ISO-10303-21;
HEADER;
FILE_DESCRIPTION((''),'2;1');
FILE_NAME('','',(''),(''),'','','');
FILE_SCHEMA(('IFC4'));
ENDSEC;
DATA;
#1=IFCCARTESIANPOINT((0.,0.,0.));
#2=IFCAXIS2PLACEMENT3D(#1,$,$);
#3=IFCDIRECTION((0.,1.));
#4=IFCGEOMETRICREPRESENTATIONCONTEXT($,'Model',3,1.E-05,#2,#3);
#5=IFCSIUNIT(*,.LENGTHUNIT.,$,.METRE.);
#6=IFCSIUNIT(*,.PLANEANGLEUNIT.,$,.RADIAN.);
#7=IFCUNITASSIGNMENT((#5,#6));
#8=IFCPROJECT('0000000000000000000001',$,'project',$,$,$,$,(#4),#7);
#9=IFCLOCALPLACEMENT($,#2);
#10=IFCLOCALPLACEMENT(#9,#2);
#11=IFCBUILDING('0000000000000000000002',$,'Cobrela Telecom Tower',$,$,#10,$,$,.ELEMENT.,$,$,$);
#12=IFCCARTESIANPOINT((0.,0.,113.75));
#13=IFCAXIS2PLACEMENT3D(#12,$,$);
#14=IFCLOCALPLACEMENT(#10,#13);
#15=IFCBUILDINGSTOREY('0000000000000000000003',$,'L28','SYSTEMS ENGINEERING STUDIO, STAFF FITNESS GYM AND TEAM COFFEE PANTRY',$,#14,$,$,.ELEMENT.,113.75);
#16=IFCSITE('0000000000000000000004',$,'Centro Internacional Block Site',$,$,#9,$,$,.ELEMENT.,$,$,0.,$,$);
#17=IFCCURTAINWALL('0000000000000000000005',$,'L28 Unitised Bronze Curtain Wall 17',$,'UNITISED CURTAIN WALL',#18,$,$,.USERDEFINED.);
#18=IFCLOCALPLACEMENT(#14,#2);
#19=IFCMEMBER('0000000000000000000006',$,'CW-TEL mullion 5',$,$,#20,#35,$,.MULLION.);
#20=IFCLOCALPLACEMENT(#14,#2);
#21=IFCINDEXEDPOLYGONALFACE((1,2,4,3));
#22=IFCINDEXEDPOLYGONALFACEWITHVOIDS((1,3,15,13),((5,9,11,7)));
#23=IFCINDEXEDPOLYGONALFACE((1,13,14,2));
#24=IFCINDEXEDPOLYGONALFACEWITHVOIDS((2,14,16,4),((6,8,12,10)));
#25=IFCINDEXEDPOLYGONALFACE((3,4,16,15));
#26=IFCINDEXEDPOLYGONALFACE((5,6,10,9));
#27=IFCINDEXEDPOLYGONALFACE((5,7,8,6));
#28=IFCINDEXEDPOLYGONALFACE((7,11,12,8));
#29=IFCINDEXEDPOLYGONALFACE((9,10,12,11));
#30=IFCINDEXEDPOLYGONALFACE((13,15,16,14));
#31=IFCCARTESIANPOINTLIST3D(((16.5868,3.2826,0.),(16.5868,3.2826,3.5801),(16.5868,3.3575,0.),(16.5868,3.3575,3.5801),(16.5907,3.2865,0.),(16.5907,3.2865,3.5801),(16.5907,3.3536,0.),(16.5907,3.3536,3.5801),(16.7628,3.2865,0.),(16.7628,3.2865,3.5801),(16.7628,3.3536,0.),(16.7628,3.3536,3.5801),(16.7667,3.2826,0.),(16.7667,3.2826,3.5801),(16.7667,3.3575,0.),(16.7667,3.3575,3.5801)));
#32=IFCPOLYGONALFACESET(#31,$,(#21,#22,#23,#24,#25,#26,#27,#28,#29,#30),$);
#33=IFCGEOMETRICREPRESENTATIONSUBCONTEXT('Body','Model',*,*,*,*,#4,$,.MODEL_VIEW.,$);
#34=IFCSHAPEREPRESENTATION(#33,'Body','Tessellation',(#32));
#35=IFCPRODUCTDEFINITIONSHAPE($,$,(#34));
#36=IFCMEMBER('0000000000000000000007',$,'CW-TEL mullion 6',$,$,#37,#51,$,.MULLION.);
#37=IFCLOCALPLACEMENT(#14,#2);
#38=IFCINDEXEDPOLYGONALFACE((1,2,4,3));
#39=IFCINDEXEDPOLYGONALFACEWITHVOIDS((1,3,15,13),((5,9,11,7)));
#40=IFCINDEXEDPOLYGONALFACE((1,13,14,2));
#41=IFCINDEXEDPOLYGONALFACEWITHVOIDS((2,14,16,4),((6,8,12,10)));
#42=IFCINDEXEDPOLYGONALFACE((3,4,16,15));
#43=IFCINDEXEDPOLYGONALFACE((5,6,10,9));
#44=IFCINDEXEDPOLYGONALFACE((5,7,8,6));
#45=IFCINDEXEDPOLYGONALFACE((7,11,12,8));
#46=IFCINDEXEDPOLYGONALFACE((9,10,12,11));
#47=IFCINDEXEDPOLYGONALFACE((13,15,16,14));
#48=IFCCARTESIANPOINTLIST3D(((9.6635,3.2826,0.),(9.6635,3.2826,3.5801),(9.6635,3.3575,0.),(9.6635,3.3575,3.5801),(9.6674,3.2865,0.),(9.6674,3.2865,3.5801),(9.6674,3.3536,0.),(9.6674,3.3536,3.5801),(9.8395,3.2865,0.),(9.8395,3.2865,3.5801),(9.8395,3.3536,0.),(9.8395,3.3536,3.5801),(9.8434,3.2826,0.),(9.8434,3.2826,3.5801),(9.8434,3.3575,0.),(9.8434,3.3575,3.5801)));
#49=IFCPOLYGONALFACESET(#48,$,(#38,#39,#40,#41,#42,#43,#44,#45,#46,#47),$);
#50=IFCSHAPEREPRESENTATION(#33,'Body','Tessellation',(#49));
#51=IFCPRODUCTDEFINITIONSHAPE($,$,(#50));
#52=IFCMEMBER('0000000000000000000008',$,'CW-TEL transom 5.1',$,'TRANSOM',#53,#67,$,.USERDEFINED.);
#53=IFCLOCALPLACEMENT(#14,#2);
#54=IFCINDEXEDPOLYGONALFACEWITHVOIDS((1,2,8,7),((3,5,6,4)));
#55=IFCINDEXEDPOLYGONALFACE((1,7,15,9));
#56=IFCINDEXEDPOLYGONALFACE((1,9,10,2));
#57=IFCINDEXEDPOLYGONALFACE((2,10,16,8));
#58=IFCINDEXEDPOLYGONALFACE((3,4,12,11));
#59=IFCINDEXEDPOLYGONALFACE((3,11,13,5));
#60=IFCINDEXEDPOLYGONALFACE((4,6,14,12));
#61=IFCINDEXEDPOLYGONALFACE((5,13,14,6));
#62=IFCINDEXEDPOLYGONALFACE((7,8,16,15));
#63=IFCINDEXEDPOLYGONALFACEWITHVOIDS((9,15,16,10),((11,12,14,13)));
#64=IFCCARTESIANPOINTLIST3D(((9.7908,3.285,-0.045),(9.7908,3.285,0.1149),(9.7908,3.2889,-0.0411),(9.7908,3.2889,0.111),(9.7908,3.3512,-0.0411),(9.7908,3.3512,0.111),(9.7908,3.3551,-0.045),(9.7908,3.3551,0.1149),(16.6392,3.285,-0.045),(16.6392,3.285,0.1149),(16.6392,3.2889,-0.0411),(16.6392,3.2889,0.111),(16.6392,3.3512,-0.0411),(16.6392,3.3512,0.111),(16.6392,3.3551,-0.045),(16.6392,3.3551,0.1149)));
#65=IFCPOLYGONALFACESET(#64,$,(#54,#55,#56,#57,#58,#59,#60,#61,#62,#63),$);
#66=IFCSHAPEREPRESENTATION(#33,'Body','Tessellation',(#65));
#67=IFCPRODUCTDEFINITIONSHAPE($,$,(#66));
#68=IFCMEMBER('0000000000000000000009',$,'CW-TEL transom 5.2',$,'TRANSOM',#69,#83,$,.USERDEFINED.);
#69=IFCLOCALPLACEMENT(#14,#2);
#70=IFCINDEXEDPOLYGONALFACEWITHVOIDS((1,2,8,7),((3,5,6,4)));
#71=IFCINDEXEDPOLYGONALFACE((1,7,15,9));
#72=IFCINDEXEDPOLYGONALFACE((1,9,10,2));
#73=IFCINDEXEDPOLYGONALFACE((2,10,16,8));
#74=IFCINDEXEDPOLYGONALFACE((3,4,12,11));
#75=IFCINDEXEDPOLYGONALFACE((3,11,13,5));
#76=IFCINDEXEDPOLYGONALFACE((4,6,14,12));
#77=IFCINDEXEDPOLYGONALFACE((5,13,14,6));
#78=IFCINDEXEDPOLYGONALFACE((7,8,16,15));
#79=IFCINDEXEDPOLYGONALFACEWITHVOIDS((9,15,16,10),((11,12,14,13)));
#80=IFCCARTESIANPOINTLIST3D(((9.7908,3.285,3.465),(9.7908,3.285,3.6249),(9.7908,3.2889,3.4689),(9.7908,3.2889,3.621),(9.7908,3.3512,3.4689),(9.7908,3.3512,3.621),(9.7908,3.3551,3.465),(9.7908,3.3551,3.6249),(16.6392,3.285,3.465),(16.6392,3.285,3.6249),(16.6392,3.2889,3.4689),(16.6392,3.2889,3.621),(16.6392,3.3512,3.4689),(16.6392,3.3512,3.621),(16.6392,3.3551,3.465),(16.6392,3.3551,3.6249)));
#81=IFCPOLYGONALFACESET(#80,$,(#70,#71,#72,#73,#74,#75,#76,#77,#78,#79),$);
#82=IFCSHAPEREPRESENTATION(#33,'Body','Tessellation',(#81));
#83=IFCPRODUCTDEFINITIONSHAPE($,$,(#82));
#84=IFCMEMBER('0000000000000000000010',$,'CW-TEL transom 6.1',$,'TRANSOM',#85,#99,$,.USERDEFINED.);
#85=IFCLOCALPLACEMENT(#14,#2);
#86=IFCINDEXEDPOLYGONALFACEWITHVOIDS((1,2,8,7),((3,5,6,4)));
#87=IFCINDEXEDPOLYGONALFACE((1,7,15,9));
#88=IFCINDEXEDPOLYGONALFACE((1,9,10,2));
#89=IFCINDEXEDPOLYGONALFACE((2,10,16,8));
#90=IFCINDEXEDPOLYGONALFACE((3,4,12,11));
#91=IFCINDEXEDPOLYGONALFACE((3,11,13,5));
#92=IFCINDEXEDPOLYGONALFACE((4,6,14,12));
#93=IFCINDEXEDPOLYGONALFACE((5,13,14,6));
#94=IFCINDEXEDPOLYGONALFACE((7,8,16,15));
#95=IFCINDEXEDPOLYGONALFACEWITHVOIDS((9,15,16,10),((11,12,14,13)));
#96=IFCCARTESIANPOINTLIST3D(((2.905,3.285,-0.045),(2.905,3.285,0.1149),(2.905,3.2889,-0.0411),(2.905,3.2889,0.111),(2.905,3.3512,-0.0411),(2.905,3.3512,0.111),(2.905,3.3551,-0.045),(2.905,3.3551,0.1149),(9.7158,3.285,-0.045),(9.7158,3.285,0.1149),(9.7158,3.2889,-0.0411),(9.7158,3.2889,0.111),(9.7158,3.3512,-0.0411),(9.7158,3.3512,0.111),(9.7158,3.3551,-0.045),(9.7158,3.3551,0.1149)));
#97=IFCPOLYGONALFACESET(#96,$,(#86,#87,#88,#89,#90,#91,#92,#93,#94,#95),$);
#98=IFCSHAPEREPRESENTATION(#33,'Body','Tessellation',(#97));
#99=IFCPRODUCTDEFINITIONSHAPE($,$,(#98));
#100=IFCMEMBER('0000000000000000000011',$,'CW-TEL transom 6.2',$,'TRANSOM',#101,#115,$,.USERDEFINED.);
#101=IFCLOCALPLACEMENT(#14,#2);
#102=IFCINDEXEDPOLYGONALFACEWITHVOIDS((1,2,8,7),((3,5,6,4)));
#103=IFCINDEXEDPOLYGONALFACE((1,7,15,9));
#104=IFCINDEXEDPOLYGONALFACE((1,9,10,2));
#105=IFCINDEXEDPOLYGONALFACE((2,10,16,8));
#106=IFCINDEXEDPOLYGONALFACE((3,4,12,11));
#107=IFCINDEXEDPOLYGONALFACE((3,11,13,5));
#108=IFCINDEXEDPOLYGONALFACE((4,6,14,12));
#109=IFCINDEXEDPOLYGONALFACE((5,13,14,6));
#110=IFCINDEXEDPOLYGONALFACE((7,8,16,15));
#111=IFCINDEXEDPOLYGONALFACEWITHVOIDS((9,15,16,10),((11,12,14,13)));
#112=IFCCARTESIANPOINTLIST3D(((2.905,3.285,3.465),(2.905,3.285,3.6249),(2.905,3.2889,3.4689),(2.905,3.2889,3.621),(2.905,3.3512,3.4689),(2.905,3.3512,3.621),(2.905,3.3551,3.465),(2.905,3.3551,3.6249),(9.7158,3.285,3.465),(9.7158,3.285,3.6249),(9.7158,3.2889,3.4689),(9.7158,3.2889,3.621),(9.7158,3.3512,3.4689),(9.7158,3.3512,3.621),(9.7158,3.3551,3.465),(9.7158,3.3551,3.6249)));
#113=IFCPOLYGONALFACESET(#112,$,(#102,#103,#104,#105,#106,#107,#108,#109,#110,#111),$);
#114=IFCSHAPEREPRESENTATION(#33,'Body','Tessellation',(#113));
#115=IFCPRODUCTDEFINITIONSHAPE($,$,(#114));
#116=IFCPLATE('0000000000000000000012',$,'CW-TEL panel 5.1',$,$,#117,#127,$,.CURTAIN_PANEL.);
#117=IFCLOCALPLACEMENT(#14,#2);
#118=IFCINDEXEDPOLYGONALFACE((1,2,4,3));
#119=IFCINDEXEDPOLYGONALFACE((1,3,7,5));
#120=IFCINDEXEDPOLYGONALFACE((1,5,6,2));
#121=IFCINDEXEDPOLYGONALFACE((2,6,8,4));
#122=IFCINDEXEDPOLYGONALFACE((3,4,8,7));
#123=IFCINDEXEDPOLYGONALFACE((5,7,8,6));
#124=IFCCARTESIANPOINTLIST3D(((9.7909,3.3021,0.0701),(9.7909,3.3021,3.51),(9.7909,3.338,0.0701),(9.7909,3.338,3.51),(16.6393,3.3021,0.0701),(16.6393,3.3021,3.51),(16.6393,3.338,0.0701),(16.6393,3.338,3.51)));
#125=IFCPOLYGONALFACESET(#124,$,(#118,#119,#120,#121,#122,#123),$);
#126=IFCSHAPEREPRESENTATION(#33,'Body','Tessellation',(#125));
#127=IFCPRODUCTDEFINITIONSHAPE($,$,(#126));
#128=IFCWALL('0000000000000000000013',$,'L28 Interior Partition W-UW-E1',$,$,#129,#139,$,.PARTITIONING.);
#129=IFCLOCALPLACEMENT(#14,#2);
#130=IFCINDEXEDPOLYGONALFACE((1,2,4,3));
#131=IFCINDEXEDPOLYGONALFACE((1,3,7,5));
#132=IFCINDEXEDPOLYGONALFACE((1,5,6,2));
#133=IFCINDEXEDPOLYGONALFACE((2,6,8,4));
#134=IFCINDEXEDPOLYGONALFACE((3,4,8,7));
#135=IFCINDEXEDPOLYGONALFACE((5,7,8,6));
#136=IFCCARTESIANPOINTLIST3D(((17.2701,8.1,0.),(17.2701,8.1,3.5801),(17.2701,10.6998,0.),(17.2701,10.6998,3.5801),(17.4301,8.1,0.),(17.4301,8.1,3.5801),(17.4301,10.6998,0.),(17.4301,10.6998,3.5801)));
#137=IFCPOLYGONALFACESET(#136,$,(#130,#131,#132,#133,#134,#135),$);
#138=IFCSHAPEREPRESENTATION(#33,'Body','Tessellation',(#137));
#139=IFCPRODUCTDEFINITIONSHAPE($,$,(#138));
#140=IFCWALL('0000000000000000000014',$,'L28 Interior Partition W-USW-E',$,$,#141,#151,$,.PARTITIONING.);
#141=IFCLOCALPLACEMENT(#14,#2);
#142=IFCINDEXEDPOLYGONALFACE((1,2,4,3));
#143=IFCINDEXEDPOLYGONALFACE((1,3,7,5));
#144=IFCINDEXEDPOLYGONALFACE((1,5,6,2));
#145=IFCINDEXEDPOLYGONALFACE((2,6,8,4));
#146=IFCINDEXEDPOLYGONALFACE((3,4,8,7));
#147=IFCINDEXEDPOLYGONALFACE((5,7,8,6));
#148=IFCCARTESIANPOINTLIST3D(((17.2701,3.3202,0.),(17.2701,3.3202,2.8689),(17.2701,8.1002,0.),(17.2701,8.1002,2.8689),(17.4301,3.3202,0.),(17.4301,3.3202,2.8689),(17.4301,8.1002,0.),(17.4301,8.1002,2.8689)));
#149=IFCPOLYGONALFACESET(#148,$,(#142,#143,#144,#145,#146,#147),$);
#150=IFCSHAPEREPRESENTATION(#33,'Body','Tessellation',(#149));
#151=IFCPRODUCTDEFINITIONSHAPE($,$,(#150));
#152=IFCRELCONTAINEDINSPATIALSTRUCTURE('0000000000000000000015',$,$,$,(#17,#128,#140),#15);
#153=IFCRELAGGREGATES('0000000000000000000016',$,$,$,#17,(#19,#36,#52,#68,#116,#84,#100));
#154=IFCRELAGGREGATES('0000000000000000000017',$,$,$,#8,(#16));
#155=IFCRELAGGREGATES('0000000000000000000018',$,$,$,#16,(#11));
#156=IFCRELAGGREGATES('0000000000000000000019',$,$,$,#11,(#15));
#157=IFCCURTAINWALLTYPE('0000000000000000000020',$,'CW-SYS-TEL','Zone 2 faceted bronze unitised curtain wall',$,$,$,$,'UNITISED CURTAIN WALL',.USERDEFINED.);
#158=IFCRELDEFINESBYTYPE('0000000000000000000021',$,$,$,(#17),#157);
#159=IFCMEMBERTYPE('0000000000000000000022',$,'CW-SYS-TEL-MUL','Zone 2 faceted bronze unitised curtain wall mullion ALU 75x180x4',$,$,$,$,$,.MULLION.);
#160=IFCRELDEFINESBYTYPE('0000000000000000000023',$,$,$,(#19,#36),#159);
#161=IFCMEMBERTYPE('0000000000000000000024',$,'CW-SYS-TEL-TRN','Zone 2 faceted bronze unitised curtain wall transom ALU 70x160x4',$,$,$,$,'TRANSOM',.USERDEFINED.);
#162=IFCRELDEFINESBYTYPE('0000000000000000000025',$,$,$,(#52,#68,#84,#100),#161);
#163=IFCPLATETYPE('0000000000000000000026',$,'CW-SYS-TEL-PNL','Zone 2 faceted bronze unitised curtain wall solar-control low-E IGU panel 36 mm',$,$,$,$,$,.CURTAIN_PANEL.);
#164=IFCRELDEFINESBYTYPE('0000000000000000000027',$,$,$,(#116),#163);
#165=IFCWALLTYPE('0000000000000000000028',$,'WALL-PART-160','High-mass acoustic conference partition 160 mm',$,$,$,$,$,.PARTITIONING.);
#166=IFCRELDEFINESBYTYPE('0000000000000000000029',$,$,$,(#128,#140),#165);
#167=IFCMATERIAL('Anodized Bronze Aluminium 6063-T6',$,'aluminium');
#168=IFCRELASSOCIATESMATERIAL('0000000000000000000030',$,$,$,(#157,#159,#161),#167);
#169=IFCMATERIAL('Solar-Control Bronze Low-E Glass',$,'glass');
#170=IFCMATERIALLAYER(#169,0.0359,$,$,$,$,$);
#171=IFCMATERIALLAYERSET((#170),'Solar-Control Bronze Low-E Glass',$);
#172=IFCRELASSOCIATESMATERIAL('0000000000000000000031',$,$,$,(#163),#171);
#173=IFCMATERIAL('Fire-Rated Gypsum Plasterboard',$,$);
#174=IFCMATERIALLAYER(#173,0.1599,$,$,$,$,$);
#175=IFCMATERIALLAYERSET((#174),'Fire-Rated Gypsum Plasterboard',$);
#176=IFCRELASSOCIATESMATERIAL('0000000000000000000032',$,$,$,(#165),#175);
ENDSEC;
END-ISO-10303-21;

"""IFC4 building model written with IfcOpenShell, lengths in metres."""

from ifc_helpers import new_model, si_unit, direction, frame, frame_2d, origin, origin_2d, place, context, subcontext, project, spatial, rectangle, hollow_rectangle, extrude, material, layer, layer_set, material_profile, profile_set, type_object, element, aggregate, save


model = new_model("IFC4")

# Units and contexts
model_context = context("Model", 3, precision=1e-05, world=origin(), true_north=direction((0.0, 1.0)))
body_context = subcontext(model_context, "Body", "Model", "MODEL_VIEW")
ifc_project = project(units=[si_unit("LENGTHUNIT", "METRE"), si_unit("PLANEANGLEUNIT", "RADIAN")], contexts=[model_context])

# Site, building, storey
site_placement = place(None, origin())
site = spatial("IfcSite", under=ifc_project, at=site_placement, Name="Centro Internacional Block Site", CompositionType="ELEMENT", RefElevation=0.0)
building_placement = place(site_placement, origin())
building = spatial("IfcBuilding", under=site, at=building_placement, Name="Cobrela Telecom Tower", CompositionType="ELEMENT")
storey_placement = place(building_placement, frame((0.0, 0.0, 113.75)))
storey = spatial("IfcBuildingStorey", under=building, at=storey_placement, Name="L28", Description="SYSTEMS ENGINEERING STUDIO, STAFF FITNESS GYM AND TEAM COFFEE PANTRY", CompositionType="ELEMENT", Elevation=113.75)

# Curtain wall, members, plate
ifc_material_1 = material(Name="Anodized Bronze Aluminium 6063-T6", Category="aluminium")
curtain_wall_type = type_object("IfcCurtainWallType", Name="CW-SYS-TEL", Description="Zone 2 faceted bronze unitised curtain wall", ElementType="UNITISED CURTAIN WALL", PredefinedType="USERDEFINED", material=ifc_material_1)
curtain_wall_placement = place(storey_placement, origin())
curtain_wall = element("IfcCurtainWall", 1, at=curtain_wall_placement, inside=storey, type_object=curtain_wall_type, Name="L28 Unitised Bronze Curtain Wall 17", ObjectType="UNITISED CURTAIN WALL", PredefinedType="USERDEFINED")
ifc_material_profile_1 = material_profile(ifc_material_1, hollow_rectangle(XDim=0.075, YDim=0.1799, WallThickness=0.0039, at=origin_2d()), Name="ALU 75x180x4")
ifc_profile_set_1 = profile_set([ifc_material_profile_1], Name="Anodized Bronze Aluminium 6063-T6")
member_type_1 = type_object("IfcMemberType", Name="CW-SYS-TEL-MUL", Description="Zone 2 faceted bronze unitised curtain wall mullion ALU 75x180x4", PredefinedType="MULLION", material=ifc_profile_set_1)
member_1_placement = place(storey_placement, frame((16.6768, 3.3201, 0.0), z_axis=(0.0, 0.0, 1.0), x_axis=(0.0, -1.0, 0.0)))
member_1 = element("IfcMember", 2, at=member_1_placement, type_object=member_type_1, Name="CW-TEL mullion 5", PredefinedType="MULLION", context=body_context, shape_type="SweptSolid", body=[
    extrude(hollow_rectangle(XDim=0.075, YDim=0.1799, WallThickness=0.0039, at=origin_2d()), origin(), (0.0, 0.0, 1.0), 3.5801),
])
member_2_placement = place(storey_placement, frame((9.7534, 3.3201, 0.0), z_axis=(0.0, 0.0, 1.0), x_axis=(0.0, -1.0, 0.0)))
member_2 = element("IfcMember", 3, at=member_2_placement, type_object=member_type_1, Name="CW-TEL mullion 6", PredefinedType="MULLION", context=body_context, shape_type="SweptSolid", body=[
    extrude(hollow_rectangle(XDim=0.075, YDim=0.1799, WallThickness=0.0039, at=origin_2d()), origin(), (0.0, 0.0, 1.0), 3.5801),
])
ifc_material_profile_2 = material_profile(ifc_material_1, hollow_rectangle(XDim=0.0701, YDim=0.1599, WallThickness=0.0039, at=origin_2d()), Name="ALU 70x160x4")
ifc_profile_set_2 = profile_set([ifc_material_profile_2], Name="Anodized Bronze Aluminium 6063-T6")
member_type_2 = type_object("IfcMemberType", Name="CW-SYS-TEL-TRN", Description="Zone 2 faceted bronze unitised curtain wall transom ALU 70x160x4", ElementType="TRANSOM", PredefinedType="USERDEFINED", material=ifc_profile_set_2)
member_3_placement = place(storey_placement, frame((16.6392, 3.3201, 0.0349), z_axis=(-1.0, 0.0, 0.0), x_axis=(0.0, -1.0, 0.0)))
member_3 = element("IfcMember", 4, at=member_3_placement, type_object=member_type_2, Name="CW-TEL transom 5.1", ObjectType="TRANSOM", PredefinedType="USERDEFINED", context=body_context, shape_type="SweptSolid", body=[
    extrude(hollow_rectangle(XDim=0.0701, YDim=0.1599, WallThickness=0.0039, at=origin_2d()), origin(), (0.0, 0.0, 1.0), 6.8484),
])
member_4_placement = place(storey_placement, frame((16.6392, 3.3201, 3.5449), z_axis=(-1.0, 0.0, 0.0), x_axis=(0.0, -1.0, 0.0)))
member_4 = element("IfcMember", 5, at=member_4_placement, type_object=member_type_2, Name="CW-TEL transom 5.2", ObjectType="TRANSOM", PredefinedType="USERDEFINED", context=body_context, shape_type="SweptSolid", body=[
    extrude(hollow_rectangle(XDim=0.0701, YDim=0.1599, WallThickness=0.0039, at=origin_2d()), origin(), (0.0, 0.0, 1.0), 6.8484),
])
member_5_placement = place(storey_placement, frame((9.7158, 3.3201, 0.0349), z_axis=(-1.0, 0.0, 0.0), x_axis=(0.0, -1.0, 0.0)))
member_5 = element("IfcMember", 6, at=member_5_placement, type_object=member_type_2, Name="CW-TEL transom 6.1", ObjectType="TRANSOM", PredefinedType="USERDEFINED", context=body_context, shape_type="SweptSolid", body=[
    extrude(hollow_rectangle(XDim=0.0701, YDim=0.1599, WallThickness=0.0039, at=origin_2d()), origin(), (0.0, 0.0, 1.0), 6.8108),
])
member_6_placement = place(storey_placement, frame((9.7158, 3.3201, 3.5449), z_axis=(-1.0, 0.0, 0.0), x_axis=(0.0, -1.0, 0.0)))
member_6 = element("IfcMember", 7, at=member_6_placement, type_object=member_type_2, Name="CW-TEL transom 6.2", ObjectType="TRANSOM", PredefinedType="USERDEFINED", context=body_context, shape_type="SweptSolid", body=[
    extrude(hollow_rectangle(XDim=0.0701, YDim=0.1599, WallThickness=0.0039, at=origin_2d()), origin(), (0.0, 0.0, 1.0), 6.8108),
])
ifc_material_2 = material(Name="Solar-Control Bronze Low-E Glass", Category="glass")
ifc_layer_1 = layer(ifc_material_2, 0.0359)
ifc_layer_set_1 = layer_set([ifc_layer_1], Name="Solar-Control Bronze Low-E Glass")
plate_type = type_object("IfcPlateType", Name="CW-SYS-TEL-PNL", Description="Zone 2 faceted bronze unitised curtain wall solar-control low-E IGU panel 36 mm", PredefinedType="CURTAIN_PANEL", material=ifc_layer_set_1)
plate_placement = place(storey_placement, frame((13.2151, 3.3201, 0.0701), z_axis=(0.0, 0.0, 1.0), x_axis=(-1.0, 0.0, 0.0)))
plate = element("IfcPlate", 8, at=plate_placement, type_object=plate_type, Name="CW-TEL panel 5.1", PredefinedType="CURTAIN_PANEL", context=body_context, shape_type="SweptSolid", body=[
    extrude(rectangle(XDim=6.8484, YDim=0.0359, at=origin_2d()), origin(), (0.0, 0.0, 1.0), 3.4399),
])
aggregate(curtain_wall, [member_1, member_2, member_3, member_4, plate, member_5, member_6])

# Shared definitions
ifc_material_3 = material(Name="Fire-Rated Gypsum Plasterboard")

# Walls
ifc_layer_2 = layer(ifc_material_3, 0.1599)
ifc_layer_set_2 = layer_set([ifc_layer_2], Name="Fire-Rated Gypsum Plasterboard")
wall_type_1 = type_object("IfcWallType", Name="WALL-PART-160", Description="High-mass acoustic conference partition 160 mm", PredefinedType="PARTITIONING", material=ifc_layer_set_2)
wall_1_placement = place(storey_placement, frame((17.3501, 8.1001, 0.0), z_axis=(0.0, 0.0, 1.0), x_axis=(0.0, 1.0, 0.0)))
element("IfcWall", 9, at=wall_1_placement, inside=storey, type_object=wall_type_1, Name="L28 Interior Partition W-UW-E1", PredefinedType="PARTITIONING", context=body_context, shape_type="SweptSolid", body=[
    extrude(rectangle(XDim=2.5999, YDim=0.1599, at=frame_2d((1.2998, 0.0))), origin(), (0.0, 0.0, 1.0), 3.5801),
])
wall_2_placement = place(storey_placement, frame((17.3501, 3.3201, 0.0), z_axis=(0.0, 0.0, 1.0), x_axis=(0.0, 1.0, 0.0)))
element("IfcWall", 10, at=wall_2_placement, inside=storey, type_object=wall_type_1, Name="L28 Interior Partition W-USW-E", PredefinedType="PARTITIONING", context=body_context, shape_type="SweptSolid", body=[
    extrude(rectangle(XDim=4.78, YDim=0.1599, at=frame_2d((2.3901, 0.0))), origin(), (0.0, 0.0, 1.0), 2.8689),
])

save(model, "model.ifc")
